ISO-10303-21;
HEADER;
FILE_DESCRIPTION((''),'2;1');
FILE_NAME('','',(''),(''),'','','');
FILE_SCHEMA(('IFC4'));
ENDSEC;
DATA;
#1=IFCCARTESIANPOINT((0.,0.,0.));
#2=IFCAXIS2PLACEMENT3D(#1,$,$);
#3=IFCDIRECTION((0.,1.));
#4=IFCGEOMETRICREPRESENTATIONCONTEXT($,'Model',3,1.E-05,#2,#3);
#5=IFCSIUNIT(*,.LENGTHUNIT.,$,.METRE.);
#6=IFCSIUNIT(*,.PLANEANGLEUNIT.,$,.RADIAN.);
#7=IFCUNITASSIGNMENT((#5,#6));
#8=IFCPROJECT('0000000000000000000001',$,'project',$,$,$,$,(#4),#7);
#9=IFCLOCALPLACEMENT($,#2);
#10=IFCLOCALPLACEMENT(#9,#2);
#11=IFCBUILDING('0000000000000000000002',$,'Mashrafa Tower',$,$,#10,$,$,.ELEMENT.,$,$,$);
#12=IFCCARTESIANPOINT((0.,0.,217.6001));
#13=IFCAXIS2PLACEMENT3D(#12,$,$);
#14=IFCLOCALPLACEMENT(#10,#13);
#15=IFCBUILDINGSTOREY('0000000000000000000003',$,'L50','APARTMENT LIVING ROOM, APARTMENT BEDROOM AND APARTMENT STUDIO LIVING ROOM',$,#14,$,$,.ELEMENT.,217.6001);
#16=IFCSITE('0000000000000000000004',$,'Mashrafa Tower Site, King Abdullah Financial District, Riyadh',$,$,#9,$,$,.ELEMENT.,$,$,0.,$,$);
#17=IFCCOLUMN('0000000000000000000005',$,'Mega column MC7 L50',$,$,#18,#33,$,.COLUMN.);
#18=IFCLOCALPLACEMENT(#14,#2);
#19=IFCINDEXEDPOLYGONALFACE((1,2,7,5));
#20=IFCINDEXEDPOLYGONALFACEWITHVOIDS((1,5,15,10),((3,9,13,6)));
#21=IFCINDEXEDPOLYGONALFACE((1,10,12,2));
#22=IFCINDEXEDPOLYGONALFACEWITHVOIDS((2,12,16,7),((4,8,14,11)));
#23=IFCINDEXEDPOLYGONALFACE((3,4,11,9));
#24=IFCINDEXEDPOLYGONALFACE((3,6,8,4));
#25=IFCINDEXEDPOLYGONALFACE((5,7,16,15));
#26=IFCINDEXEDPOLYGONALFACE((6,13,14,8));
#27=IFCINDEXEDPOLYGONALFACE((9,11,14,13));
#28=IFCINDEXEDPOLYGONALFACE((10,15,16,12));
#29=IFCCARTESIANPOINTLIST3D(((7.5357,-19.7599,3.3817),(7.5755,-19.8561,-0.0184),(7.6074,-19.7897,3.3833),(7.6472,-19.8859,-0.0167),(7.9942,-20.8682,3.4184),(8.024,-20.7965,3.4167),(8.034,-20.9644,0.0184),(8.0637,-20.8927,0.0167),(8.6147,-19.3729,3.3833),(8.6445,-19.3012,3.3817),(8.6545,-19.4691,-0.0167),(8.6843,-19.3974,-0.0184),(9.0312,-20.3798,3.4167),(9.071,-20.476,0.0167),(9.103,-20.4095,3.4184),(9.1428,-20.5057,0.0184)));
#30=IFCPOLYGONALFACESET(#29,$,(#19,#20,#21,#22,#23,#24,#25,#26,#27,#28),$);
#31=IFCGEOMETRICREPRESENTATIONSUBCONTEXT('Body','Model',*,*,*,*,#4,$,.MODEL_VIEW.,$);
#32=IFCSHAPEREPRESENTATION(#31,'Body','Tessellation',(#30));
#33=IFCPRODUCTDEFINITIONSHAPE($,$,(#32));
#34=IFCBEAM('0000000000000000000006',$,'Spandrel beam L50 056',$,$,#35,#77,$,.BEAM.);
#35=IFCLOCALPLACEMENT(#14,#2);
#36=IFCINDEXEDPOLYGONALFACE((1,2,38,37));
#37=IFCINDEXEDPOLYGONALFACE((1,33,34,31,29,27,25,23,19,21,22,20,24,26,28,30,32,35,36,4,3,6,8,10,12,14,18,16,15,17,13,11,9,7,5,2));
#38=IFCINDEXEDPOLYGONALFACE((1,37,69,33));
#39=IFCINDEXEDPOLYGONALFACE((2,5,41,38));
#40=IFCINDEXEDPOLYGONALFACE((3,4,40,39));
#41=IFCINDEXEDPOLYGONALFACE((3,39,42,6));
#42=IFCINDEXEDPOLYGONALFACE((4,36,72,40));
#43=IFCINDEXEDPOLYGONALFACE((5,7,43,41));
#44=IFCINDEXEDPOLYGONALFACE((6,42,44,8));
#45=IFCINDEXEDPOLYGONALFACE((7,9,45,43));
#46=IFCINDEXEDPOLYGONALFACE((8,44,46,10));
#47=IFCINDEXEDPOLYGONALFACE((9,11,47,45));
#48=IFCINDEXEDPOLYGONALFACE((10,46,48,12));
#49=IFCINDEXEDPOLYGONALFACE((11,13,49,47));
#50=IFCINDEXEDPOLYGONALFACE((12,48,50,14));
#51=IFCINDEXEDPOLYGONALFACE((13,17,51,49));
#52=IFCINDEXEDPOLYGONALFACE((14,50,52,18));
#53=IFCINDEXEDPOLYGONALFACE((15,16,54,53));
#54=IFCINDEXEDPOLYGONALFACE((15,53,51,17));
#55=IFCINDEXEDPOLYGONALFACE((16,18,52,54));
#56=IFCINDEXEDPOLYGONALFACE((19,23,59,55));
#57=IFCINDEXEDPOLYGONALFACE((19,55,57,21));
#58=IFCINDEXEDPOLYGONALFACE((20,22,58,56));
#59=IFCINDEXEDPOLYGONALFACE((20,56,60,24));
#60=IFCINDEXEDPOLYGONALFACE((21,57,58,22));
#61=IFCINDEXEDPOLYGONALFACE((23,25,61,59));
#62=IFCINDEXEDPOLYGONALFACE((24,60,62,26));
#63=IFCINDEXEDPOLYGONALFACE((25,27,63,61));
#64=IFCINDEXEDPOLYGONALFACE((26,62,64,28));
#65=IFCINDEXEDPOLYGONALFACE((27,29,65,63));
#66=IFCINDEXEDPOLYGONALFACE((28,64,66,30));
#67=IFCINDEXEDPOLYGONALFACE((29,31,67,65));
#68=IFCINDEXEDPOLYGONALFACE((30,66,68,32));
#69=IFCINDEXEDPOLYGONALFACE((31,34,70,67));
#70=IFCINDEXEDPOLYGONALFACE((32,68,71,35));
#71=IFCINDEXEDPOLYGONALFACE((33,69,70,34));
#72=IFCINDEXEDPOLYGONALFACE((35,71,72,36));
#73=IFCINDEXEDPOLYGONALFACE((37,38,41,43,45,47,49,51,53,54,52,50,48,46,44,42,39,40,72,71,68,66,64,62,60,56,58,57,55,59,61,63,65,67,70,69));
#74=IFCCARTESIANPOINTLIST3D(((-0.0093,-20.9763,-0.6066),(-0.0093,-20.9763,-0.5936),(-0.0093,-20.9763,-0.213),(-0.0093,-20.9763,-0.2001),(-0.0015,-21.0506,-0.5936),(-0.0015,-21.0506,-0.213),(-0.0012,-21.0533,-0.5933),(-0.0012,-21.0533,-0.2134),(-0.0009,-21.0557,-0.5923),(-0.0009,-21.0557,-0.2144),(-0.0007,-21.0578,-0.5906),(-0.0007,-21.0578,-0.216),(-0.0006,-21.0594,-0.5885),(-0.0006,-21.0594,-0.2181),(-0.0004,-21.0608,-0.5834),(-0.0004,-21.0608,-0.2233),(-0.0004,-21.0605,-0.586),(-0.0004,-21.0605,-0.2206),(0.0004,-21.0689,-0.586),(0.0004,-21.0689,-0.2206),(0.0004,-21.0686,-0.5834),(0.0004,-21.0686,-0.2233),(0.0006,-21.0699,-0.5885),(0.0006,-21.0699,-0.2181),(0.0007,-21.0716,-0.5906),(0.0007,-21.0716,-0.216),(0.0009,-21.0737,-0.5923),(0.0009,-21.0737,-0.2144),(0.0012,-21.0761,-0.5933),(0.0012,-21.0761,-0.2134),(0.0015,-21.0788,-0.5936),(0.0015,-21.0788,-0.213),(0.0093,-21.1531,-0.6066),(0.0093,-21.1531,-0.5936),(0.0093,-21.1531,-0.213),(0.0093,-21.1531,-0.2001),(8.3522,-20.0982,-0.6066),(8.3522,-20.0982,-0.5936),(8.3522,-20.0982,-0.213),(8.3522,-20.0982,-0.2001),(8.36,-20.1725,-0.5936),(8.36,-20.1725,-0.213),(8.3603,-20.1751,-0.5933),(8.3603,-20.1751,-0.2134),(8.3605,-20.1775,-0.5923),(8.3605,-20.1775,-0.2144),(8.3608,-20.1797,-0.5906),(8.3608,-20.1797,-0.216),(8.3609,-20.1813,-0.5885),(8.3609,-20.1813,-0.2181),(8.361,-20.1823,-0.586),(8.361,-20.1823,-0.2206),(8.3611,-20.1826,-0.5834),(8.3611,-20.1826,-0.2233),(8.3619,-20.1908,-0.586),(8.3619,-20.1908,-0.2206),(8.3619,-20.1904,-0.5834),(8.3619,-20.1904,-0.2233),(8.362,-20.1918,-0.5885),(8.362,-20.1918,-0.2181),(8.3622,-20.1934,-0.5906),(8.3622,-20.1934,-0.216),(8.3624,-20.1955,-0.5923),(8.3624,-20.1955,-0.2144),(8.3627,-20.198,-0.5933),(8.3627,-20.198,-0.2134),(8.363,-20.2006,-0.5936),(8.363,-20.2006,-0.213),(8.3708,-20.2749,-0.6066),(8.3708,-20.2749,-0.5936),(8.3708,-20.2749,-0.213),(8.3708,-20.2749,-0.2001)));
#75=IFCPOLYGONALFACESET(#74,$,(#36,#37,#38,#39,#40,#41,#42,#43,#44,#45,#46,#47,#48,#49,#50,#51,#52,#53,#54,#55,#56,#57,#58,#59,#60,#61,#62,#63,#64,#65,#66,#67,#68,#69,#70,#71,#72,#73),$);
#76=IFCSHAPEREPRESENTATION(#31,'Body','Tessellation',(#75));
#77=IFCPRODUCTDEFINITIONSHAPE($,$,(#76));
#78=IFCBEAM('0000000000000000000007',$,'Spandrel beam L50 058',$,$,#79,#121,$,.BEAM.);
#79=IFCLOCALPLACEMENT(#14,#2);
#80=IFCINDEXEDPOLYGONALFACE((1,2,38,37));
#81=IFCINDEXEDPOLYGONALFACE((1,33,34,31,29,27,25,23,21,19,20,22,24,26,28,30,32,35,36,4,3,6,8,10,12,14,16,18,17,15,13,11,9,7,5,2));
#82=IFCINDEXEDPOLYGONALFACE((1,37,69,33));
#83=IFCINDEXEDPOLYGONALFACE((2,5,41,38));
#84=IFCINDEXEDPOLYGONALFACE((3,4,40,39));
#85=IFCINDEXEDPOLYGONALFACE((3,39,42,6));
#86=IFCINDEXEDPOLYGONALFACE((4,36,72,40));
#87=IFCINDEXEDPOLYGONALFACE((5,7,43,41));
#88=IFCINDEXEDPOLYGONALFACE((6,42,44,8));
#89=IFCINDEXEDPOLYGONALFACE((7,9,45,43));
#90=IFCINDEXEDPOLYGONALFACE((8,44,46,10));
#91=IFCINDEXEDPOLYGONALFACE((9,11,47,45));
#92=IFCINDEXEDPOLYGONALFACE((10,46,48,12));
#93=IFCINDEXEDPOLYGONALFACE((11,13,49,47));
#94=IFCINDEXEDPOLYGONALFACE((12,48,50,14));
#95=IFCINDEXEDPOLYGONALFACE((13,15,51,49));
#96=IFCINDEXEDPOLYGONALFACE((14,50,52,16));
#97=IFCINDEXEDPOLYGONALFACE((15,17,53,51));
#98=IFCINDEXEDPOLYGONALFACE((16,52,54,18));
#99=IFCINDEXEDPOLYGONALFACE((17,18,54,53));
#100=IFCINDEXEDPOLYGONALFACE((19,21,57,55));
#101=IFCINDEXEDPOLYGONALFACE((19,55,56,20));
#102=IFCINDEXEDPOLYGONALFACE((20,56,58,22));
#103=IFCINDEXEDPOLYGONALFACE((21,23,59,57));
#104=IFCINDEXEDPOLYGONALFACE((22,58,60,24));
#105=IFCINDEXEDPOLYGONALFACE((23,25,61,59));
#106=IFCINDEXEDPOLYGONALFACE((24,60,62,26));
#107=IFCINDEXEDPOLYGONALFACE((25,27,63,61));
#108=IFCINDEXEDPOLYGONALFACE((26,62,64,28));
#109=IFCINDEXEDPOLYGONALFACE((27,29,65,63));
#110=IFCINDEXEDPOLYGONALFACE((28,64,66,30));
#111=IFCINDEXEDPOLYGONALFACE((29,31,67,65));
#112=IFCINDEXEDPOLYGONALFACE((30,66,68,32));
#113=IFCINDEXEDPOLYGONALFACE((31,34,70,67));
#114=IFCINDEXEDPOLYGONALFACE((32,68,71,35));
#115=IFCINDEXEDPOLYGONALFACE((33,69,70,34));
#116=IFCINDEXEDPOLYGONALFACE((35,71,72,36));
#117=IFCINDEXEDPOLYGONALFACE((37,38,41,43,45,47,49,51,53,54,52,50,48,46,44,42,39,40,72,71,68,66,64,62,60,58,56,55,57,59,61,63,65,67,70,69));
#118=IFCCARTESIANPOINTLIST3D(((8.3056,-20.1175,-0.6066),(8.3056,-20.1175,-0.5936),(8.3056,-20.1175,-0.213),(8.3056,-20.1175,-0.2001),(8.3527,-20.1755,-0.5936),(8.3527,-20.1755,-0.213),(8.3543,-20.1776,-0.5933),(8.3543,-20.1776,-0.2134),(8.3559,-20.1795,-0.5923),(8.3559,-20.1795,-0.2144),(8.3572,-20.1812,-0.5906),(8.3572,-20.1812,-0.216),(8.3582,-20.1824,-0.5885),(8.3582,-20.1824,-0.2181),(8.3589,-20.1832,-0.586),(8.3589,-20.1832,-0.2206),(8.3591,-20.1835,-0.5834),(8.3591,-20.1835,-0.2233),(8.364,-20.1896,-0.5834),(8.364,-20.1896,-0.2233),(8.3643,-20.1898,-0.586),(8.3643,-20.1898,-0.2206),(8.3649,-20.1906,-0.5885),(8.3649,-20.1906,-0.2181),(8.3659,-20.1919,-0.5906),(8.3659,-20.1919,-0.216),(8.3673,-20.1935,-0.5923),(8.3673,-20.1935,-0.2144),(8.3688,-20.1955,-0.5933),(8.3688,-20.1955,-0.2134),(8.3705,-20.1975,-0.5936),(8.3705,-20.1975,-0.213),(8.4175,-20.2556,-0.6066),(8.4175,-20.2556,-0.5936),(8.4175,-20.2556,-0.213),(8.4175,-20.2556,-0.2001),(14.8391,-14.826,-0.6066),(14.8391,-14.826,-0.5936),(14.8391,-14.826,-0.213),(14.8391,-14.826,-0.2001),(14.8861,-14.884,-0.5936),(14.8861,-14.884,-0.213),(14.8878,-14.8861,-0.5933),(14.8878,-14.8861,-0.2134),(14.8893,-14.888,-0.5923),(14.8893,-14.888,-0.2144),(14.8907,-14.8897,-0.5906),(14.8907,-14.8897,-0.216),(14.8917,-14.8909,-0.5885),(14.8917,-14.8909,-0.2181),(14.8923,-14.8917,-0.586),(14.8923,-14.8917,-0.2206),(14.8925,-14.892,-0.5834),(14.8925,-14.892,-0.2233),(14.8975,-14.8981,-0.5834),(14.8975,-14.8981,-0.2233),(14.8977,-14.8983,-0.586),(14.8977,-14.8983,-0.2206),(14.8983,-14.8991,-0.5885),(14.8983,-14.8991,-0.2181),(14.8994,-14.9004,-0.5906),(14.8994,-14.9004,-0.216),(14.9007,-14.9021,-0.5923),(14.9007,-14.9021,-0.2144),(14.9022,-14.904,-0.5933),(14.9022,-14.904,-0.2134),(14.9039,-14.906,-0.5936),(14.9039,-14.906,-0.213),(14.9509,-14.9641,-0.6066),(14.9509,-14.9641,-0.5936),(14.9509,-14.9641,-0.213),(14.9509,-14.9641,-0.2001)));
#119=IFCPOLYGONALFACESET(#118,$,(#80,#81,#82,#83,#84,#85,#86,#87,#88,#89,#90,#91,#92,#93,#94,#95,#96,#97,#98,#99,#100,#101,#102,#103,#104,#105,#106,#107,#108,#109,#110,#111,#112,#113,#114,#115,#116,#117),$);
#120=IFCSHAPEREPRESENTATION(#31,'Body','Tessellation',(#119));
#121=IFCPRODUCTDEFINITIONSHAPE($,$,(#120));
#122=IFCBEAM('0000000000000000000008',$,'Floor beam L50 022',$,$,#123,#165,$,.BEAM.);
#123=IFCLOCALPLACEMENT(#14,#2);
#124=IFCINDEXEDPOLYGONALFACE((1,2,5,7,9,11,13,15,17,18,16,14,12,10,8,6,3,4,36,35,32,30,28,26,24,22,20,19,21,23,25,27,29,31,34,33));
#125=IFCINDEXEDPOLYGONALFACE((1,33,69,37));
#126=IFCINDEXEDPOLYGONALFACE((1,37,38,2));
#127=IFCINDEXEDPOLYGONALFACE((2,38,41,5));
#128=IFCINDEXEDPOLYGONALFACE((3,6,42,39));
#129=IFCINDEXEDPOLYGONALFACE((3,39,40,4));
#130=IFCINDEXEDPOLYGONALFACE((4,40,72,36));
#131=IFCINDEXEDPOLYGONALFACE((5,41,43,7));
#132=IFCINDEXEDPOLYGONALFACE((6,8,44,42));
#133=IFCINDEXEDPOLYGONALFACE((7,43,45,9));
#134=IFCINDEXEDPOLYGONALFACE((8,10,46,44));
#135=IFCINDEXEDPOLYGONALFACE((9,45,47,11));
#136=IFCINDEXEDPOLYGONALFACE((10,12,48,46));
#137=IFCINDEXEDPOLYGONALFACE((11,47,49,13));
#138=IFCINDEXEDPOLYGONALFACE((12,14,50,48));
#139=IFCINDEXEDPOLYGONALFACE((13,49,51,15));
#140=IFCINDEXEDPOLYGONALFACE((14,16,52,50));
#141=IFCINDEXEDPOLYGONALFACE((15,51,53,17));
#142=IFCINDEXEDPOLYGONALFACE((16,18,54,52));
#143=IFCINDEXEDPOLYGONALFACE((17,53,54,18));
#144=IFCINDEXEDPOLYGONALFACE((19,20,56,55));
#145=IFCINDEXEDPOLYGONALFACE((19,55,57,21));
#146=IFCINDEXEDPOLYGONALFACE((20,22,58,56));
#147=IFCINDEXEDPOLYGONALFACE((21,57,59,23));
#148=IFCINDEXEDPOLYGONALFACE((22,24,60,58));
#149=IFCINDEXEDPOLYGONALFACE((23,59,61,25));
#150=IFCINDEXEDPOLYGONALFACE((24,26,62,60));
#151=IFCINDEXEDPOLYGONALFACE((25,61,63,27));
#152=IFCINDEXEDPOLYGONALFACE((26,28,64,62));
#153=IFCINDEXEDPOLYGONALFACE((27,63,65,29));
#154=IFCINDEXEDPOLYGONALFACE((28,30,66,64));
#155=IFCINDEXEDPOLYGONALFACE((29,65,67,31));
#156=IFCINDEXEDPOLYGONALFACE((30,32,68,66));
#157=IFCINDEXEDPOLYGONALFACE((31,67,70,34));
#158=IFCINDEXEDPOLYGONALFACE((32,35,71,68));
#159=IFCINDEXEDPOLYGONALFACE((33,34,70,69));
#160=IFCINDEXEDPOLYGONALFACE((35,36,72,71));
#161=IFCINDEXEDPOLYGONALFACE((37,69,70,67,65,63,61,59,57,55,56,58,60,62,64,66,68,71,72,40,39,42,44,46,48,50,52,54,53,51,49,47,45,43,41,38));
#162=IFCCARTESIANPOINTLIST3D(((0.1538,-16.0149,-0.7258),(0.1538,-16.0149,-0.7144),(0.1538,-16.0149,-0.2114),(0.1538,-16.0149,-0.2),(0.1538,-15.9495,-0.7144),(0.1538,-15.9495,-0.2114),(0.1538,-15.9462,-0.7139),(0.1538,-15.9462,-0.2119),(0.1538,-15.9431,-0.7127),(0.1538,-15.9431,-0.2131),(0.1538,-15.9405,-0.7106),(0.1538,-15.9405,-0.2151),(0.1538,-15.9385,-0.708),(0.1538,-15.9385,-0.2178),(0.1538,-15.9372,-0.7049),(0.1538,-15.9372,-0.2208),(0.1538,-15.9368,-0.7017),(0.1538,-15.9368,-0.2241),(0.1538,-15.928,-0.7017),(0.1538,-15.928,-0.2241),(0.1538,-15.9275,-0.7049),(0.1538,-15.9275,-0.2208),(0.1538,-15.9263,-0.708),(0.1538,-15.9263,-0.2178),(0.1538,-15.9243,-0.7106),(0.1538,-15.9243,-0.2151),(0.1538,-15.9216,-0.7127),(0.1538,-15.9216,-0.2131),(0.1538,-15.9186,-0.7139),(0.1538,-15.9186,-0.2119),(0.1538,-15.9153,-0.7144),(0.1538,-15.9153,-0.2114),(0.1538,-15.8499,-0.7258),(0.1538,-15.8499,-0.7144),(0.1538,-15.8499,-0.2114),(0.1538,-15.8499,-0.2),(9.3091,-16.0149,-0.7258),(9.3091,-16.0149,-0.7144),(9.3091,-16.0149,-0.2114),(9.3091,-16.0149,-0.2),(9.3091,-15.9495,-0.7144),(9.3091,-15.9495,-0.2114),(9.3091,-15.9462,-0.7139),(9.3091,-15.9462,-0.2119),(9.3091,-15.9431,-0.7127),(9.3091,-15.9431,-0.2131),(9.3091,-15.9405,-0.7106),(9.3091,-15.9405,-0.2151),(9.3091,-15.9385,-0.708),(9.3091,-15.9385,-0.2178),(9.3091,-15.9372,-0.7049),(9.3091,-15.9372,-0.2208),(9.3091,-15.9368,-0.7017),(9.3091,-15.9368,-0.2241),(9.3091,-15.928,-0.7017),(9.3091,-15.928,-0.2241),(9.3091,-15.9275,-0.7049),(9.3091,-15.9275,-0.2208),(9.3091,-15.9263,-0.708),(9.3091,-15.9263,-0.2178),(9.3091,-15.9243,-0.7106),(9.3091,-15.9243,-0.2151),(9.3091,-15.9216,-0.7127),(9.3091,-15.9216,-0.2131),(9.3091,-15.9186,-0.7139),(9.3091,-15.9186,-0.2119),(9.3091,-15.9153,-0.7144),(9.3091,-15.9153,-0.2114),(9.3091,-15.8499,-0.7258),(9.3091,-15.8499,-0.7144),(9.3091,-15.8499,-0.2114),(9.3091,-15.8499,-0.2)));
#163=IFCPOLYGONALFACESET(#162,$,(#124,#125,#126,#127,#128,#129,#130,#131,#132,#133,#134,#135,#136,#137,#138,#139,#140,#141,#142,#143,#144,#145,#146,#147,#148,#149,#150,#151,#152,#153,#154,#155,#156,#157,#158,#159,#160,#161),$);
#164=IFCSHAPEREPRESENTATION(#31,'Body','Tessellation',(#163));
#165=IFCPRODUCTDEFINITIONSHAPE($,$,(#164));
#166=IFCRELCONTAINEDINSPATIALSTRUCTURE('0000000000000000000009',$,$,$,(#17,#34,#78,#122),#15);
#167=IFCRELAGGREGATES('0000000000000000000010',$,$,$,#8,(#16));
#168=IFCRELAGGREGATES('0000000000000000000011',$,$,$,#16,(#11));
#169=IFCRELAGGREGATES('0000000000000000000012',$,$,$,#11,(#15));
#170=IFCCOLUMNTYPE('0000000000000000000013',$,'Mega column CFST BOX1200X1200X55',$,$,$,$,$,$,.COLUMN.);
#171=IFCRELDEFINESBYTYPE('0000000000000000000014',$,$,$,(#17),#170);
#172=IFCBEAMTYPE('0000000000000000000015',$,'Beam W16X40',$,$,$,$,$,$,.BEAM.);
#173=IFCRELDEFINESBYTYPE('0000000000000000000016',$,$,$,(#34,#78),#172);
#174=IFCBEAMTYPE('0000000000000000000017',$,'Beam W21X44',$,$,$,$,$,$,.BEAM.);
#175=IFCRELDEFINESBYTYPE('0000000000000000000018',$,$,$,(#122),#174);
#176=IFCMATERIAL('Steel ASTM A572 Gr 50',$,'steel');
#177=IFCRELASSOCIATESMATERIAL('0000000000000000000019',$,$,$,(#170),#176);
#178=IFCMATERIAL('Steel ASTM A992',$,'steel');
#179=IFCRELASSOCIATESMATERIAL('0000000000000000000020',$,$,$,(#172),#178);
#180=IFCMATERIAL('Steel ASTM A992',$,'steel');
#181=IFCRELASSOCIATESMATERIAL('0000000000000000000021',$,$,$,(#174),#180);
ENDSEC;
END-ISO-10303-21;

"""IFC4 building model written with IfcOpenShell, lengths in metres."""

from ifc_helpers import new_model, si_unit, direction, frame, origin, origin_2d, place, context, subcontext, project, spatial, hollow_rectangle, i_section, extrude, material, material_profile, profile_set, type_object, element, save


model = new_model("IFC4")

# Units and contexts
model_context = context("Model", 3, precision=1e-05, world=origin(), true_north=direction((0.0, 1.0)))
body_context = subcontext(model_context, "Body", "Model", "MODEL_VIEW")
ifc_project = project(units=[si_unit("LENGTHUNIT", "METRE"), si_unit("PLANEANGLEUNIT", "RADIAN")], contexts=[model_context])

# Site, building, storey
site_placement = place(None, origin())
site = spatial("IfcSite", under=ifc_project, at=site_placement, Name="Mashrafa Tower Site, King Abdullah Financial District, Riyadh", CompositionType="ELEMENT", RefElevation=0.0)
building_placement = place(site_placement, origin())
building = spatial("IfcBuilding", under=site, at=building_placement, Name="Mashrafa Tower", CompositionType="ELEMENT")
storey_placement = place(building_placement, frame((0.0, 0.0, 217.6001)))
storey = spatial("IfcBuildingStorey", under=building, at=storey_placement, Name="L50", Description="APARTMENT LIVING ROOM, APARTMENT BEDROOM AND APARTMENT STUDIO LIVING ROOM", CompositionType="ELEMENT", Elevation=217.6001)

# Column
ifc_material_1 = material(Name="Steel ASTM A572 Gr 50", Category="steel")
ifc_material_profile_1 = material_profile(ifc_material_1, hollow_rectangle(XDim=1.2, YDim=1.2, WallThickness=0.0549, at=origin_2d()), Name="BOX1200X1200X55")
ifc_profile_set_1 = profile_set([ifc_material_profile_1], Name="Steel ASTM A572 Gr 50")
column_type = type_object("IfcColumnType", Name="Mega column CFST BOX1200X1200X55", PredefinedType="COLUMN", material=ifc_profile_set_1)
column_placement = place(storey_placement, frame((8.3591, -20.1809, 0.0), z_axis=(-0.011699, 0.028279, 0.999532), x_axis=(-0.924045, -0.382283, 0.0)))
element("IfcColumn", 1, at=column_placement, inside=storey, type_object=column_type, Name="Mega column MC7 L50", PredefinedType="COLUMN", context=body_context, shape_type="SweptSolid", body=[
    extrude(hollow_rectangle(XDim=1.2, YDim=1.2, WallThickness=0.0549, at=origin_2d()), origin(), (0.0, 0.0, 1.0), 3.4016),
])

# Beams
ifc_material_2 = material(Name="Steel ASTM A992", Category="steel")
ifc_material_profile_2 = material_profile(ifc_material_2, i_section(OverallWidth=0.1777, OverallDepth=0.4065, WebThickness=0.0078, FlangeThickness=0.0129, FilletRadius=0.0103, at=origin_2d()), Name="W16X40")
ifc_profile_set_2 = profile_set([ifc_material_profile_2], Name="Steel ASTM A992")
beam_type_1 = type_object("IfcBeamType", Name="Beam W16X40", PredefinedType="BEAM", material=ifc_profile_set_2)
for number, where, z_axis, x_axis, name in (
    (2, (0.0, -21.0647, -0.4033), (0.99453, 0.10445, 0.0), (-0.10445, 0.99453, 0.0), "Spandrel beam L50 056"),
    (3, (8.3616, -20.1865, -0.4033), (0.777098, 0.629379, 0.0), (-0.629379, 0.777098, 0.0), "Spandrel beam L50 058"),
):
    element("IfcBeam", number, at=place(storey_placement, frame(where, z_axis=z_axis, x_axis=x_axis)), inside=storey, type_object=beam_type_1, Name=name, PredefinedType="BEAM", context=body_context, shape_type="SweptSolid", body=[
        extrude(i_section(OverallWidth=0.1777, OverallDepth=0.4065, WebThickness=0.0078, FlangeThickness=0.0129, FilletRadius=0.0103, at=origin_2d()), origin(), (0.0, 0.0, 1.0), 8.4075),
    ])
ifc_material_3 = material(Name="Steel ASTM A992", Category="steel")
ifc_material_profile_3 = material_profile(ifc_material_3, i_section(OverallWidth=0.165, OverallDepth=0.5259, WebThickness=0.0088, FlangeThickness=0.0115, FilletRadius=0.0127, at=origin_2d()), Name="W21X44")
ifc_profile_set_3 = profile_set([ifc_material_profile_3], Name="Steel ASTM A992")
beam_type_2 = type_object("IfcBeamType", Name="Beam W21X44", PredefinedType="BEAM", material=ifc_profile_set_3)
beam_1_placement = place(storey_placement, frame((9.3091, -15.9324, -0.4629), z_axis=(-1.0, 0.0, 0.0), x_axis=(0.0, -1.0, 0.0)))
element("IfcBeam", 4, at=beam_1_placement, inside=storey, type_object=beam_type_2, Name="Floor beam L50 022", PredefinedType="BEAM", context=body_context, shape_type="SweptSolid", body=[
    extrude(i_section(OverallWidth=0.165, OverallDepth=0.5259, WebThickness=0.0088, FlangeThickness=0.0115, FilletRadius=0.0127, at=origin_2d()), origin(), (0.0, 0.0, 1.0), 9.1553),
])

save(model, "model.ifc")
